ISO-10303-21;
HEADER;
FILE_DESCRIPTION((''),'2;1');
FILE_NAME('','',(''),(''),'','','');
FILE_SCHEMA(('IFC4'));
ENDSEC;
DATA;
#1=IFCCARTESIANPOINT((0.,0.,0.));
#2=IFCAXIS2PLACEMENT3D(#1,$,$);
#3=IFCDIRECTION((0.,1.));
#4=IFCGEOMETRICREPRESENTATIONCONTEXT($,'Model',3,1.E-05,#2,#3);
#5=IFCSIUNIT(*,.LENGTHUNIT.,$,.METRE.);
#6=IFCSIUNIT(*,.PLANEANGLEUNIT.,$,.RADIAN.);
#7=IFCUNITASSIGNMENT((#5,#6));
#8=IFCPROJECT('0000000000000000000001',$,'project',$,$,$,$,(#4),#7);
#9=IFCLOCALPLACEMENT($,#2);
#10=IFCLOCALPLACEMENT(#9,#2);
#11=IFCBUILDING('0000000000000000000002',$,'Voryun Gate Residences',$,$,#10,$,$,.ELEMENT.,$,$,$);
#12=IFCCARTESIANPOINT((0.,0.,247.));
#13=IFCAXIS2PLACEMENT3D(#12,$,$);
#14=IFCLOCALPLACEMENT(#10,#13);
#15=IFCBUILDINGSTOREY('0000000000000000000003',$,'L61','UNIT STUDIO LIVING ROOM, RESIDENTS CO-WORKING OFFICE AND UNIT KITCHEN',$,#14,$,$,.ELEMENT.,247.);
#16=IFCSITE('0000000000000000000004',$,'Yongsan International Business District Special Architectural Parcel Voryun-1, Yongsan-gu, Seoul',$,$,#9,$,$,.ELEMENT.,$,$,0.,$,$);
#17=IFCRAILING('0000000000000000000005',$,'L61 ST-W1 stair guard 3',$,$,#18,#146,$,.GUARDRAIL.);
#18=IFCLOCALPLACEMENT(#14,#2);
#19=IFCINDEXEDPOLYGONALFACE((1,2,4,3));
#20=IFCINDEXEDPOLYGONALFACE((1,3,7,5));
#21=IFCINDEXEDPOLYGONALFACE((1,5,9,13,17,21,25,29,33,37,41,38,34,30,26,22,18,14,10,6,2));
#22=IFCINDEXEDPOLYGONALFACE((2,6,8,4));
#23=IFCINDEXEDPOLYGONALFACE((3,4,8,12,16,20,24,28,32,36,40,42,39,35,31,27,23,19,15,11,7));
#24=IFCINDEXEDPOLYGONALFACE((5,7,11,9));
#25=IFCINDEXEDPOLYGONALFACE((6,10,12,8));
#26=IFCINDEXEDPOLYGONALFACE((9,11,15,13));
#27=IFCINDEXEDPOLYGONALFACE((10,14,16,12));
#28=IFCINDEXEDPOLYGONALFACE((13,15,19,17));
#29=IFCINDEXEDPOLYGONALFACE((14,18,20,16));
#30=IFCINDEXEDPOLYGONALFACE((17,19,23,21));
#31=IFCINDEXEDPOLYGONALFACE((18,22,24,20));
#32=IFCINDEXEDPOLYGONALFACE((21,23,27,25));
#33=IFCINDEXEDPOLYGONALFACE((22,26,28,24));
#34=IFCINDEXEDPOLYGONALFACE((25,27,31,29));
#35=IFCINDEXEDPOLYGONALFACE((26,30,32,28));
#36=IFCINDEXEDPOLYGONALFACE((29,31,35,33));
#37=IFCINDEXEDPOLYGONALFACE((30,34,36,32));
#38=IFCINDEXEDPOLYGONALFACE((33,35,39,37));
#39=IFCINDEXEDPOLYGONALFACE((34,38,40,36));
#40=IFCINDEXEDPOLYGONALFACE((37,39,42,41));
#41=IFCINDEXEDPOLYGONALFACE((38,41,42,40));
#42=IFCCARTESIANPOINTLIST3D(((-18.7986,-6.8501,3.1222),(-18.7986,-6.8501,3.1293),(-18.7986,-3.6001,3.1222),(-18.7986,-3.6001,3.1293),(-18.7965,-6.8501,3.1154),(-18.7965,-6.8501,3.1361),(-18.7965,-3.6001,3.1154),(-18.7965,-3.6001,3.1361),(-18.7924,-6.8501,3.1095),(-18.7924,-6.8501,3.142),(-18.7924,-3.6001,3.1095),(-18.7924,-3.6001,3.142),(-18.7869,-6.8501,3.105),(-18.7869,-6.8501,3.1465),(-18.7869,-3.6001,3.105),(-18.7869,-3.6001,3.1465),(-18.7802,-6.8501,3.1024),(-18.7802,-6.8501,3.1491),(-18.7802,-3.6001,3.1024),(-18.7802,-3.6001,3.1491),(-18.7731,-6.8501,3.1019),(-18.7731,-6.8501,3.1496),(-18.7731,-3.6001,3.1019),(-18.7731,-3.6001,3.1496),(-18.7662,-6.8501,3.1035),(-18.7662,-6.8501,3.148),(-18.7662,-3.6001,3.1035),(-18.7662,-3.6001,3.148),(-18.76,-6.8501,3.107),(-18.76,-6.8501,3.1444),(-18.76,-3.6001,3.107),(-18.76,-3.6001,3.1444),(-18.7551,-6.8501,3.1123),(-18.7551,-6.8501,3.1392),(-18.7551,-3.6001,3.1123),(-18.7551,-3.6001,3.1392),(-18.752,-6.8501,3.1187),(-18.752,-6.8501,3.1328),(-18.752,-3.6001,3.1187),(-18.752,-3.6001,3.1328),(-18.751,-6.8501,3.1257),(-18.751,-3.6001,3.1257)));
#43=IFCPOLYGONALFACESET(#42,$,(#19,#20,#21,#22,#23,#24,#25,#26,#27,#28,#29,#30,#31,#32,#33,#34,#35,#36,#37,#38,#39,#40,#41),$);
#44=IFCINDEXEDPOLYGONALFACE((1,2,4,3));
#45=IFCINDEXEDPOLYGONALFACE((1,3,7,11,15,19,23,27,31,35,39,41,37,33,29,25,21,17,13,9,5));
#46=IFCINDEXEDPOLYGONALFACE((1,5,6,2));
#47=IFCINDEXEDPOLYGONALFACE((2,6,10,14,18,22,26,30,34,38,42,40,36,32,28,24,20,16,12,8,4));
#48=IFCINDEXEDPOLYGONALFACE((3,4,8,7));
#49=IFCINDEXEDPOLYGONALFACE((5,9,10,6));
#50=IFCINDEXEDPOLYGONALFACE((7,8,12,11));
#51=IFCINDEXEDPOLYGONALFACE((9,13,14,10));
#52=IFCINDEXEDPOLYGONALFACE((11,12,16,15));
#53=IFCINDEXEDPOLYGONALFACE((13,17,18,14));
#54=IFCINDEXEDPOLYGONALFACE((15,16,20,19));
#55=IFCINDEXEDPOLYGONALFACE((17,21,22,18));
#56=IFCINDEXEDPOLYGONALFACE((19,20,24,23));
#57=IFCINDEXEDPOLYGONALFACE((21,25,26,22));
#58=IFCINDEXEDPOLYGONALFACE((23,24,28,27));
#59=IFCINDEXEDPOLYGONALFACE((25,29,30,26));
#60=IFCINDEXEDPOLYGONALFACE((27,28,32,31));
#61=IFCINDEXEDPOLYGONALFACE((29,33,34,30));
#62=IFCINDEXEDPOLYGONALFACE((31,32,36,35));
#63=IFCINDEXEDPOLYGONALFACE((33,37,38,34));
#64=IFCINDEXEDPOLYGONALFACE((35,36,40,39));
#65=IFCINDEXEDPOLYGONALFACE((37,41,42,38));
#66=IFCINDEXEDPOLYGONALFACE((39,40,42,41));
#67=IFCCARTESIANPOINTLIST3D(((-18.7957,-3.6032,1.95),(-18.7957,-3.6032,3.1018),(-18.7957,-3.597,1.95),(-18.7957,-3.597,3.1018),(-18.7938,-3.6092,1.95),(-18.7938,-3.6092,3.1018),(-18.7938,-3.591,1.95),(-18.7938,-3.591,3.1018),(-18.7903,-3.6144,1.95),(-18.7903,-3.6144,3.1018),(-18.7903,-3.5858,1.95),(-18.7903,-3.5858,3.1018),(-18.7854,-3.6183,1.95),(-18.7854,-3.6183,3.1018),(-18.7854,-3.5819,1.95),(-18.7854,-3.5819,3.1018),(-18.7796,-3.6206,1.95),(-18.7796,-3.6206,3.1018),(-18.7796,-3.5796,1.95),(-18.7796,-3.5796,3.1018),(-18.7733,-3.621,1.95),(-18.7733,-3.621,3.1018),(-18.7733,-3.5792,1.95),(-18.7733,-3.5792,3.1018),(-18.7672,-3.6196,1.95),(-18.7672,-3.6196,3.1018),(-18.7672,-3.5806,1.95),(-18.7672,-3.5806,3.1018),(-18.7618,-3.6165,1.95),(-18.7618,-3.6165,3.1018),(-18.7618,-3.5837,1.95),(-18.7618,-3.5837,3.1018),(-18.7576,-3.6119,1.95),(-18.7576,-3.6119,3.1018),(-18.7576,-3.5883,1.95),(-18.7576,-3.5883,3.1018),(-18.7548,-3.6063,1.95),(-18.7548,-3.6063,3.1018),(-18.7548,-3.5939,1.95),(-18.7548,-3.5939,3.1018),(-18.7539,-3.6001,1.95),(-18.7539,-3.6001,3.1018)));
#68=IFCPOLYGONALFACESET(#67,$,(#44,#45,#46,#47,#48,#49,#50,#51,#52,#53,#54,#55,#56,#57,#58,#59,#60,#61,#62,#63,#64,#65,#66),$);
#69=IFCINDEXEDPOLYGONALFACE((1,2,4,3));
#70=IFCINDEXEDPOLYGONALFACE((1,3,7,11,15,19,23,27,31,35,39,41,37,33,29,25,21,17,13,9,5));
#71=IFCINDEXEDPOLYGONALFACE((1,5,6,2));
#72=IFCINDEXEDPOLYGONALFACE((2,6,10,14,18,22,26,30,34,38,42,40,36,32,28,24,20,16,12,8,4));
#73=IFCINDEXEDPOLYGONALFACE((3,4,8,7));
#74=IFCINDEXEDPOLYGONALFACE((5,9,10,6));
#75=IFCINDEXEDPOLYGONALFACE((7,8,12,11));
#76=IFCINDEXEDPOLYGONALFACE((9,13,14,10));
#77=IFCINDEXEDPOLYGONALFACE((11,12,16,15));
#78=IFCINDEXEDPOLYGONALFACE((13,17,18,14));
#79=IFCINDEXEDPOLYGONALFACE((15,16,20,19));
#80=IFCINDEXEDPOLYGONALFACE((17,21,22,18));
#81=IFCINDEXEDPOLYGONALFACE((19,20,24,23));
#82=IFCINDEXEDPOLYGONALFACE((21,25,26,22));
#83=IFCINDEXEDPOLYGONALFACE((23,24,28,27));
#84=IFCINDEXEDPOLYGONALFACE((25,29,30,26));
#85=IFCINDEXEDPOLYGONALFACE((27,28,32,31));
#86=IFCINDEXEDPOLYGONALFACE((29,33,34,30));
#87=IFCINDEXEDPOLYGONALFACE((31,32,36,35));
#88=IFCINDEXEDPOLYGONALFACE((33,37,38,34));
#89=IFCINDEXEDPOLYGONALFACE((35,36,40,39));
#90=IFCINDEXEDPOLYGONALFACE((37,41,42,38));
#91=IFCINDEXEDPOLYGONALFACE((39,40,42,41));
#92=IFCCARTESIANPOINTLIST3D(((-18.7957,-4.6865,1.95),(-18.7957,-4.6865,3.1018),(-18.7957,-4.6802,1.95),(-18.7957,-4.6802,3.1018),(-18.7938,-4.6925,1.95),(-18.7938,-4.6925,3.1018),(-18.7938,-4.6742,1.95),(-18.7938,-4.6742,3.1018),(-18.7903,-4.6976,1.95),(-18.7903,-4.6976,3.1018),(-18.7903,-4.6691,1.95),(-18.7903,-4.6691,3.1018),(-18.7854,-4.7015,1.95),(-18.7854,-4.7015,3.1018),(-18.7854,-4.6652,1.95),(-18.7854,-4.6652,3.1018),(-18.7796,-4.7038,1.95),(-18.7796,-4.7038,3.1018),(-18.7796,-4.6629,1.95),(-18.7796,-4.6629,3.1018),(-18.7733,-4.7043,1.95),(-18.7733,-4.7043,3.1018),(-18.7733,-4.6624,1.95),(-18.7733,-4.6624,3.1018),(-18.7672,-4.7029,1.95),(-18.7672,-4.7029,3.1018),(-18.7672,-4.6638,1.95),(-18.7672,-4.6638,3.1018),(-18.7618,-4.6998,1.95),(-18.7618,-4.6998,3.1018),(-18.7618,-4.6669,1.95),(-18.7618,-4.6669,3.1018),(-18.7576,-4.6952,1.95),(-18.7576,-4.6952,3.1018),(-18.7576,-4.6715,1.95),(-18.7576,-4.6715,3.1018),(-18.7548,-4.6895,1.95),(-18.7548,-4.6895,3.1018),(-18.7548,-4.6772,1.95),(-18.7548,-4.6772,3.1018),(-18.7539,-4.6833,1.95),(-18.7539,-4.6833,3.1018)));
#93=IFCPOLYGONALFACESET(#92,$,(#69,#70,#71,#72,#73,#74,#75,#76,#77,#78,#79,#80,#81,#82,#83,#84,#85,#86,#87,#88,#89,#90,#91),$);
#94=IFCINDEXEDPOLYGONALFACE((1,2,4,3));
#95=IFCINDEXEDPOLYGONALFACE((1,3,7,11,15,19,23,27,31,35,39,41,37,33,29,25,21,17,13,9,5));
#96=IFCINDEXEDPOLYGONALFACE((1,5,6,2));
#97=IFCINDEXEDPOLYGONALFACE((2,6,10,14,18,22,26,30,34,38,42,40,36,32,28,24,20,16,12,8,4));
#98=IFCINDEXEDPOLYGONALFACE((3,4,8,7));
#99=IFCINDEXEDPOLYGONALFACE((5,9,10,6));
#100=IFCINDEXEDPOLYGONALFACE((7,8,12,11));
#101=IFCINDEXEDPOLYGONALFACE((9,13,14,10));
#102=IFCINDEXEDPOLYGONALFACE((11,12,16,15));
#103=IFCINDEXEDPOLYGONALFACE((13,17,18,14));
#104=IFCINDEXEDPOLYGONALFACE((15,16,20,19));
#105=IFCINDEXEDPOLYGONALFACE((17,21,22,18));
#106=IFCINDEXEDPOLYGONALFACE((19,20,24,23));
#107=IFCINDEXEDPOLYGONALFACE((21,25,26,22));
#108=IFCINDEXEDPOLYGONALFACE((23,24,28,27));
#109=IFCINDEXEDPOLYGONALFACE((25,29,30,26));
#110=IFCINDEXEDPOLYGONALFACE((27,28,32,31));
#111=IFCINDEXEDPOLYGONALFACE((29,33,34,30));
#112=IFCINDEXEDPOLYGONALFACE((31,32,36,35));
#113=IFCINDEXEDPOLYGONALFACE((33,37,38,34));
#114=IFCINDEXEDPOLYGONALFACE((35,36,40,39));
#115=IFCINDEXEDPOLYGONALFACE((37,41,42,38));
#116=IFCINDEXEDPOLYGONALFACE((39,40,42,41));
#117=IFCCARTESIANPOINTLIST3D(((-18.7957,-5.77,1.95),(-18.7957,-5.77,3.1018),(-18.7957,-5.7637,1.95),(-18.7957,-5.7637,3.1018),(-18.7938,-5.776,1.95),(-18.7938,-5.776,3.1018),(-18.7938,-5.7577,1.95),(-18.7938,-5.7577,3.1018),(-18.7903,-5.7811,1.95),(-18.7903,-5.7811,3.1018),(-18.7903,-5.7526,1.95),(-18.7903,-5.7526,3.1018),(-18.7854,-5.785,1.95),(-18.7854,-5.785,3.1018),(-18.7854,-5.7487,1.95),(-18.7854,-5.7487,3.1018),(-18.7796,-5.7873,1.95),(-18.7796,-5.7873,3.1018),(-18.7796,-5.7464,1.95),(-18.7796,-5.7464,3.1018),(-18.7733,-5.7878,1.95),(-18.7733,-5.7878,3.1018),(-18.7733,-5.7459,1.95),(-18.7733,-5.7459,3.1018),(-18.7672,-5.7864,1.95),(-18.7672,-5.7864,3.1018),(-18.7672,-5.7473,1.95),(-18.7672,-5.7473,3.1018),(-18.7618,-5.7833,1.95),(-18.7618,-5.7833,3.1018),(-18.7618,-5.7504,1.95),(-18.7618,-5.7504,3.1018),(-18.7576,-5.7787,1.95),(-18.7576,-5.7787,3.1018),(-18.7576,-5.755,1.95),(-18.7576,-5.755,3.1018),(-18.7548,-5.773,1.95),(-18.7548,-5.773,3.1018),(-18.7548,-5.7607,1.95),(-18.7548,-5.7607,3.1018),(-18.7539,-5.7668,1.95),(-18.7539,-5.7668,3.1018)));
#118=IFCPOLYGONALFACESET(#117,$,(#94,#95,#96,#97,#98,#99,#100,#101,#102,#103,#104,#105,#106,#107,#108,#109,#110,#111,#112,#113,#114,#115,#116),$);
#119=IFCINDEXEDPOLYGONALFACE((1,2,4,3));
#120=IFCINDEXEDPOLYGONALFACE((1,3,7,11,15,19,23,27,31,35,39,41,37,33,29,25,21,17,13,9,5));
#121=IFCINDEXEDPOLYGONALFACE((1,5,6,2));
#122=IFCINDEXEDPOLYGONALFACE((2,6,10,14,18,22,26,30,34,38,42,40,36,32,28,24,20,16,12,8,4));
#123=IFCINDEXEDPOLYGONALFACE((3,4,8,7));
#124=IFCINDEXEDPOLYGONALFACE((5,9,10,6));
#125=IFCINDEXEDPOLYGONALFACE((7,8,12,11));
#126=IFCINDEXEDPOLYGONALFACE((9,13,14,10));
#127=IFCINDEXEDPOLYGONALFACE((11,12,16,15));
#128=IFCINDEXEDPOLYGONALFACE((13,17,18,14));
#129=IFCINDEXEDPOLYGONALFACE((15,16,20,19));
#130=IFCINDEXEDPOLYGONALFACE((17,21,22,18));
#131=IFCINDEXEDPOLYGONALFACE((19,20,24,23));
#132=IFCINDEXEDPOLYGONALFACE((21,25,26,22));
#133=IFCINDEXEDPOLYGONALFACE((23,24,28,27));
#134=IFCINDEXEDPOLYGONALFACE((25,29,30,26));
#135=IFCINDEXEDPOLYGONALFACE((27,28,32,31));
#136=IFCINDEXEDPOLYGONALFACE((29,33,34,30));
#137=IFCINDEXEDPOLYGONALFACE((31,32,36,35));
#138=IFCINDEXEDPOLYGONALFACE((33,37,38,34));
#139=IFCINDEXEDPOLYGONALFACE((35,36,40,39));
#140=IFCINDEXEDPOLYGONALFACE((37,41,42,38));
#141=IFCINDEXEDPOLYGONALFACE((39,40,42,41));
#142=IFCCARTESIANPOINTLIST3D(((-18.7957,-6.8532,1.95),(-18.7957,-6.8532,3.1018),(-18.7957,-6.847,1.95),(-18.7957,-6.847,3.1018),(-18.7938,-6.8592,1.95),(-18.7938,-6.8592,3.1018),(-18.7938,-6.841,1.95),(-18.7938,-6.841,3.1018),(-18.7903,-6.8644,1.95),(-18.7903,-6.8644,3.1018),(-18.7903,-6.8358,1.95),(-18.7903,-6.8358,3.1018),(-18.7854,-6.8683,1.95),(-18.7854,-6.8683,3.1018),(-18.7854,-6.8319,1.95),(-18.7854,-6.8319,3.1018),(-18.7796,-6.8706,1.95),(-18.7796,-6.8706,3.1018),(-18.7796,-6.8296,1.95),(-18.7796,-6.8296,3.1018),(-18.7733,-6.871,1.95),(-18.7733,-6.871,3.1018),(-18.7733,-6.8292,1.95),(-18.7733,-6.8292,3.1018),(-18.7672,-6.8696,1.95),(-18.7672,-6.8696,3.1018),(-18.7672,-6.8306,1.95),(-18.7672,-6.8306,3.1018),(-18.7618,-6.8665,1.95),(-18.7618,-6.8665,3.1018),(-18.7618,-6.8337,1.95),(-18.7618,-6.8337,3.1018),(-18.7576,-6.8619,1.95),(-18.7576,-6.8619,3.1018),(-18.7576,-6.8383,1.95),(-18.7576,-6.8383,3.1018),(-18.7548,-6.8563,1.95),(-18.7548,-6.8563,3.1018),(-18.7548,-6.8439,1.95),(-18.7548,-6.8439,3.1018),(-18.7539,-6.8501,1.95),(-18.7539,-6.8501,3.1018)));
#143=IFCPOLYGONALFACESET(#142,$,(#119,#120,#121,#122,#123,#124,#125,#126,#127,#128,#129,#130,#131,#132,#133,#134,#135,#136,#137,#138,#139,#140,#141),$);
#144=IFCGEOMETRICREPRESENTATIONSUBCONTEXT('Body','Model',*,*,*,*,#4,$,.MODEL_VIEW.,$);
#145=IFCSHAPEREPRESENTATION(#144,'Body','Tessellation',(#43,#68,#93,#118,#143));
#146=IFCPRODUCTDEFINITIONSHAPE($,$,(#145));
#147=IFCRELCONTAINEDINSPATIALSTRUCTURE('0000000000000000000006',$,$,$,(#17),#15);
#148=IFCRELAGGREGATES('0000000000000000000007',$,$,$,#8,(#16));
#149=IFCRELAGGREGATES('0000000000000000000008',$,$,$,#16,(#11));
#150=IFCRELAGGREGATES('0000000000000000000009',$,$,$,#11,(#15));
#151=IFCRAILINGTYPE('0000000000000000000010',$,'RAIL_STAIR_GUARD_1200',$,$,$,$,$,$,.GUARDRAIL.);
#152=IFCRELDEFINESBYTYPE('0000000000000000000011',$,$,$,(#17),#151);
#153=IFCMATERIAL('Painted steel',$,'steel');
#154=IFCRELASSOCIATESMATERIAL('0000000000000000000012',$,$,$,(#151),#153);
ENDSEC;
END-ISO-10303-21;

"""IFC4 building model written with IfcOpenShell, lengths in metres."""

from ifc_helpers import new_model, si_unit, direction, frame, origin, origin_2d, place, context, subcontext, project, spatial, circle, extrude, material, type_object, element, save


model = new_model("IFC4")

# Units and contexts
model_context = context("Model", 3, precision=1e-05, world=origin(), true_north=direction((0.0, 1.0)))
body_context = subcontext(model_context, "Body", "Model", "MODEL_VIEW")
ifc_project = project(units=[si_unit("LENGTHUNIT", "METRE"), si_unit("PLANEANGLEUNIT", "RADIAN")], contexts=[model_context])

# Site, building, storey
site_placement = place(None, origin())
site = spatial("IfcSite", under=ifc_project, at=site_placement, Name="Yongsan International Business District Special Architectural Parcel Voryun-1, Yongsan-gu, Seoul", CompositionType="ELEMENT", RefElevation=0.0)
building_placement = place(site_placement, origin())
building = spatial("IfcBuilding", under=site, at=building_placement, Name="Voryun Gate Residences", CompositionType="ELEMENT")
storey_placement = place(building_placement, frame((0.0, 0.0, 247.0)))
storey = spatial("IfcBuildingStorey", under=building, at=storey_placement, Name="L61", Description="UNIT STUDIO LIVING ROOM, RESIDENTS CO-WORKING OFFICE AND UNIT KITCHEN", CompositionType="ELEMENT", Elevation=247.0)

# Railing
ifc_material_1 = material(Name="Painted steel", Category="steel")
railing_type_1 = type_object("IfcRailingType", Name="RAIL_STAIR_GUARD_1200", PredefinedType="GUARDRAIL", material=ifc_material_1)
railing_1_placement = place(storey_placement, frame((-18.7749, -3.6001, 1.95)))
element("IfcRailing", 1, at=railing_1_placement, inside=storey, type_object=railing_type_1, Name="L61 ST-W1 stair guard 3", PredefinedType="GUARDRAIL", context=body_context, shape_type="SweptSolid", body=[
    extrude(circle(Radius=0.0239, at=origin_2d()), frame((0.0, 0.0, 1.1758), z_axis=(0.0, -1.0, 0.0), x_axis=(1.0, 0.0, 0.0)), (0.0, 0.0, 1.0), 3.25),
    extrude(circle(Radius=0.021, at=origin_2d()), origin(), (0.0, 0.0, 1.0), 1.1519),
    extrude(circle(Radius=0.021, at=origin_2d()), frame((0.0, -1.0833, 0.0)), (0.0, 0.0, 1.0), 1.1519),
    extrude(circle(Radius=0.021, at=origin_2d()), frame((0.0, -2.1667, 0.0)), (0.0, 0.0, 1.0), 1.1519),
    extrude(circle(Radius=0.021, at=origin_2d()), frame((0.0, -3.25, 0.0)), (0.0, 0.0, 1.0), 1.1519),
])

save(model, "model.ifc")
